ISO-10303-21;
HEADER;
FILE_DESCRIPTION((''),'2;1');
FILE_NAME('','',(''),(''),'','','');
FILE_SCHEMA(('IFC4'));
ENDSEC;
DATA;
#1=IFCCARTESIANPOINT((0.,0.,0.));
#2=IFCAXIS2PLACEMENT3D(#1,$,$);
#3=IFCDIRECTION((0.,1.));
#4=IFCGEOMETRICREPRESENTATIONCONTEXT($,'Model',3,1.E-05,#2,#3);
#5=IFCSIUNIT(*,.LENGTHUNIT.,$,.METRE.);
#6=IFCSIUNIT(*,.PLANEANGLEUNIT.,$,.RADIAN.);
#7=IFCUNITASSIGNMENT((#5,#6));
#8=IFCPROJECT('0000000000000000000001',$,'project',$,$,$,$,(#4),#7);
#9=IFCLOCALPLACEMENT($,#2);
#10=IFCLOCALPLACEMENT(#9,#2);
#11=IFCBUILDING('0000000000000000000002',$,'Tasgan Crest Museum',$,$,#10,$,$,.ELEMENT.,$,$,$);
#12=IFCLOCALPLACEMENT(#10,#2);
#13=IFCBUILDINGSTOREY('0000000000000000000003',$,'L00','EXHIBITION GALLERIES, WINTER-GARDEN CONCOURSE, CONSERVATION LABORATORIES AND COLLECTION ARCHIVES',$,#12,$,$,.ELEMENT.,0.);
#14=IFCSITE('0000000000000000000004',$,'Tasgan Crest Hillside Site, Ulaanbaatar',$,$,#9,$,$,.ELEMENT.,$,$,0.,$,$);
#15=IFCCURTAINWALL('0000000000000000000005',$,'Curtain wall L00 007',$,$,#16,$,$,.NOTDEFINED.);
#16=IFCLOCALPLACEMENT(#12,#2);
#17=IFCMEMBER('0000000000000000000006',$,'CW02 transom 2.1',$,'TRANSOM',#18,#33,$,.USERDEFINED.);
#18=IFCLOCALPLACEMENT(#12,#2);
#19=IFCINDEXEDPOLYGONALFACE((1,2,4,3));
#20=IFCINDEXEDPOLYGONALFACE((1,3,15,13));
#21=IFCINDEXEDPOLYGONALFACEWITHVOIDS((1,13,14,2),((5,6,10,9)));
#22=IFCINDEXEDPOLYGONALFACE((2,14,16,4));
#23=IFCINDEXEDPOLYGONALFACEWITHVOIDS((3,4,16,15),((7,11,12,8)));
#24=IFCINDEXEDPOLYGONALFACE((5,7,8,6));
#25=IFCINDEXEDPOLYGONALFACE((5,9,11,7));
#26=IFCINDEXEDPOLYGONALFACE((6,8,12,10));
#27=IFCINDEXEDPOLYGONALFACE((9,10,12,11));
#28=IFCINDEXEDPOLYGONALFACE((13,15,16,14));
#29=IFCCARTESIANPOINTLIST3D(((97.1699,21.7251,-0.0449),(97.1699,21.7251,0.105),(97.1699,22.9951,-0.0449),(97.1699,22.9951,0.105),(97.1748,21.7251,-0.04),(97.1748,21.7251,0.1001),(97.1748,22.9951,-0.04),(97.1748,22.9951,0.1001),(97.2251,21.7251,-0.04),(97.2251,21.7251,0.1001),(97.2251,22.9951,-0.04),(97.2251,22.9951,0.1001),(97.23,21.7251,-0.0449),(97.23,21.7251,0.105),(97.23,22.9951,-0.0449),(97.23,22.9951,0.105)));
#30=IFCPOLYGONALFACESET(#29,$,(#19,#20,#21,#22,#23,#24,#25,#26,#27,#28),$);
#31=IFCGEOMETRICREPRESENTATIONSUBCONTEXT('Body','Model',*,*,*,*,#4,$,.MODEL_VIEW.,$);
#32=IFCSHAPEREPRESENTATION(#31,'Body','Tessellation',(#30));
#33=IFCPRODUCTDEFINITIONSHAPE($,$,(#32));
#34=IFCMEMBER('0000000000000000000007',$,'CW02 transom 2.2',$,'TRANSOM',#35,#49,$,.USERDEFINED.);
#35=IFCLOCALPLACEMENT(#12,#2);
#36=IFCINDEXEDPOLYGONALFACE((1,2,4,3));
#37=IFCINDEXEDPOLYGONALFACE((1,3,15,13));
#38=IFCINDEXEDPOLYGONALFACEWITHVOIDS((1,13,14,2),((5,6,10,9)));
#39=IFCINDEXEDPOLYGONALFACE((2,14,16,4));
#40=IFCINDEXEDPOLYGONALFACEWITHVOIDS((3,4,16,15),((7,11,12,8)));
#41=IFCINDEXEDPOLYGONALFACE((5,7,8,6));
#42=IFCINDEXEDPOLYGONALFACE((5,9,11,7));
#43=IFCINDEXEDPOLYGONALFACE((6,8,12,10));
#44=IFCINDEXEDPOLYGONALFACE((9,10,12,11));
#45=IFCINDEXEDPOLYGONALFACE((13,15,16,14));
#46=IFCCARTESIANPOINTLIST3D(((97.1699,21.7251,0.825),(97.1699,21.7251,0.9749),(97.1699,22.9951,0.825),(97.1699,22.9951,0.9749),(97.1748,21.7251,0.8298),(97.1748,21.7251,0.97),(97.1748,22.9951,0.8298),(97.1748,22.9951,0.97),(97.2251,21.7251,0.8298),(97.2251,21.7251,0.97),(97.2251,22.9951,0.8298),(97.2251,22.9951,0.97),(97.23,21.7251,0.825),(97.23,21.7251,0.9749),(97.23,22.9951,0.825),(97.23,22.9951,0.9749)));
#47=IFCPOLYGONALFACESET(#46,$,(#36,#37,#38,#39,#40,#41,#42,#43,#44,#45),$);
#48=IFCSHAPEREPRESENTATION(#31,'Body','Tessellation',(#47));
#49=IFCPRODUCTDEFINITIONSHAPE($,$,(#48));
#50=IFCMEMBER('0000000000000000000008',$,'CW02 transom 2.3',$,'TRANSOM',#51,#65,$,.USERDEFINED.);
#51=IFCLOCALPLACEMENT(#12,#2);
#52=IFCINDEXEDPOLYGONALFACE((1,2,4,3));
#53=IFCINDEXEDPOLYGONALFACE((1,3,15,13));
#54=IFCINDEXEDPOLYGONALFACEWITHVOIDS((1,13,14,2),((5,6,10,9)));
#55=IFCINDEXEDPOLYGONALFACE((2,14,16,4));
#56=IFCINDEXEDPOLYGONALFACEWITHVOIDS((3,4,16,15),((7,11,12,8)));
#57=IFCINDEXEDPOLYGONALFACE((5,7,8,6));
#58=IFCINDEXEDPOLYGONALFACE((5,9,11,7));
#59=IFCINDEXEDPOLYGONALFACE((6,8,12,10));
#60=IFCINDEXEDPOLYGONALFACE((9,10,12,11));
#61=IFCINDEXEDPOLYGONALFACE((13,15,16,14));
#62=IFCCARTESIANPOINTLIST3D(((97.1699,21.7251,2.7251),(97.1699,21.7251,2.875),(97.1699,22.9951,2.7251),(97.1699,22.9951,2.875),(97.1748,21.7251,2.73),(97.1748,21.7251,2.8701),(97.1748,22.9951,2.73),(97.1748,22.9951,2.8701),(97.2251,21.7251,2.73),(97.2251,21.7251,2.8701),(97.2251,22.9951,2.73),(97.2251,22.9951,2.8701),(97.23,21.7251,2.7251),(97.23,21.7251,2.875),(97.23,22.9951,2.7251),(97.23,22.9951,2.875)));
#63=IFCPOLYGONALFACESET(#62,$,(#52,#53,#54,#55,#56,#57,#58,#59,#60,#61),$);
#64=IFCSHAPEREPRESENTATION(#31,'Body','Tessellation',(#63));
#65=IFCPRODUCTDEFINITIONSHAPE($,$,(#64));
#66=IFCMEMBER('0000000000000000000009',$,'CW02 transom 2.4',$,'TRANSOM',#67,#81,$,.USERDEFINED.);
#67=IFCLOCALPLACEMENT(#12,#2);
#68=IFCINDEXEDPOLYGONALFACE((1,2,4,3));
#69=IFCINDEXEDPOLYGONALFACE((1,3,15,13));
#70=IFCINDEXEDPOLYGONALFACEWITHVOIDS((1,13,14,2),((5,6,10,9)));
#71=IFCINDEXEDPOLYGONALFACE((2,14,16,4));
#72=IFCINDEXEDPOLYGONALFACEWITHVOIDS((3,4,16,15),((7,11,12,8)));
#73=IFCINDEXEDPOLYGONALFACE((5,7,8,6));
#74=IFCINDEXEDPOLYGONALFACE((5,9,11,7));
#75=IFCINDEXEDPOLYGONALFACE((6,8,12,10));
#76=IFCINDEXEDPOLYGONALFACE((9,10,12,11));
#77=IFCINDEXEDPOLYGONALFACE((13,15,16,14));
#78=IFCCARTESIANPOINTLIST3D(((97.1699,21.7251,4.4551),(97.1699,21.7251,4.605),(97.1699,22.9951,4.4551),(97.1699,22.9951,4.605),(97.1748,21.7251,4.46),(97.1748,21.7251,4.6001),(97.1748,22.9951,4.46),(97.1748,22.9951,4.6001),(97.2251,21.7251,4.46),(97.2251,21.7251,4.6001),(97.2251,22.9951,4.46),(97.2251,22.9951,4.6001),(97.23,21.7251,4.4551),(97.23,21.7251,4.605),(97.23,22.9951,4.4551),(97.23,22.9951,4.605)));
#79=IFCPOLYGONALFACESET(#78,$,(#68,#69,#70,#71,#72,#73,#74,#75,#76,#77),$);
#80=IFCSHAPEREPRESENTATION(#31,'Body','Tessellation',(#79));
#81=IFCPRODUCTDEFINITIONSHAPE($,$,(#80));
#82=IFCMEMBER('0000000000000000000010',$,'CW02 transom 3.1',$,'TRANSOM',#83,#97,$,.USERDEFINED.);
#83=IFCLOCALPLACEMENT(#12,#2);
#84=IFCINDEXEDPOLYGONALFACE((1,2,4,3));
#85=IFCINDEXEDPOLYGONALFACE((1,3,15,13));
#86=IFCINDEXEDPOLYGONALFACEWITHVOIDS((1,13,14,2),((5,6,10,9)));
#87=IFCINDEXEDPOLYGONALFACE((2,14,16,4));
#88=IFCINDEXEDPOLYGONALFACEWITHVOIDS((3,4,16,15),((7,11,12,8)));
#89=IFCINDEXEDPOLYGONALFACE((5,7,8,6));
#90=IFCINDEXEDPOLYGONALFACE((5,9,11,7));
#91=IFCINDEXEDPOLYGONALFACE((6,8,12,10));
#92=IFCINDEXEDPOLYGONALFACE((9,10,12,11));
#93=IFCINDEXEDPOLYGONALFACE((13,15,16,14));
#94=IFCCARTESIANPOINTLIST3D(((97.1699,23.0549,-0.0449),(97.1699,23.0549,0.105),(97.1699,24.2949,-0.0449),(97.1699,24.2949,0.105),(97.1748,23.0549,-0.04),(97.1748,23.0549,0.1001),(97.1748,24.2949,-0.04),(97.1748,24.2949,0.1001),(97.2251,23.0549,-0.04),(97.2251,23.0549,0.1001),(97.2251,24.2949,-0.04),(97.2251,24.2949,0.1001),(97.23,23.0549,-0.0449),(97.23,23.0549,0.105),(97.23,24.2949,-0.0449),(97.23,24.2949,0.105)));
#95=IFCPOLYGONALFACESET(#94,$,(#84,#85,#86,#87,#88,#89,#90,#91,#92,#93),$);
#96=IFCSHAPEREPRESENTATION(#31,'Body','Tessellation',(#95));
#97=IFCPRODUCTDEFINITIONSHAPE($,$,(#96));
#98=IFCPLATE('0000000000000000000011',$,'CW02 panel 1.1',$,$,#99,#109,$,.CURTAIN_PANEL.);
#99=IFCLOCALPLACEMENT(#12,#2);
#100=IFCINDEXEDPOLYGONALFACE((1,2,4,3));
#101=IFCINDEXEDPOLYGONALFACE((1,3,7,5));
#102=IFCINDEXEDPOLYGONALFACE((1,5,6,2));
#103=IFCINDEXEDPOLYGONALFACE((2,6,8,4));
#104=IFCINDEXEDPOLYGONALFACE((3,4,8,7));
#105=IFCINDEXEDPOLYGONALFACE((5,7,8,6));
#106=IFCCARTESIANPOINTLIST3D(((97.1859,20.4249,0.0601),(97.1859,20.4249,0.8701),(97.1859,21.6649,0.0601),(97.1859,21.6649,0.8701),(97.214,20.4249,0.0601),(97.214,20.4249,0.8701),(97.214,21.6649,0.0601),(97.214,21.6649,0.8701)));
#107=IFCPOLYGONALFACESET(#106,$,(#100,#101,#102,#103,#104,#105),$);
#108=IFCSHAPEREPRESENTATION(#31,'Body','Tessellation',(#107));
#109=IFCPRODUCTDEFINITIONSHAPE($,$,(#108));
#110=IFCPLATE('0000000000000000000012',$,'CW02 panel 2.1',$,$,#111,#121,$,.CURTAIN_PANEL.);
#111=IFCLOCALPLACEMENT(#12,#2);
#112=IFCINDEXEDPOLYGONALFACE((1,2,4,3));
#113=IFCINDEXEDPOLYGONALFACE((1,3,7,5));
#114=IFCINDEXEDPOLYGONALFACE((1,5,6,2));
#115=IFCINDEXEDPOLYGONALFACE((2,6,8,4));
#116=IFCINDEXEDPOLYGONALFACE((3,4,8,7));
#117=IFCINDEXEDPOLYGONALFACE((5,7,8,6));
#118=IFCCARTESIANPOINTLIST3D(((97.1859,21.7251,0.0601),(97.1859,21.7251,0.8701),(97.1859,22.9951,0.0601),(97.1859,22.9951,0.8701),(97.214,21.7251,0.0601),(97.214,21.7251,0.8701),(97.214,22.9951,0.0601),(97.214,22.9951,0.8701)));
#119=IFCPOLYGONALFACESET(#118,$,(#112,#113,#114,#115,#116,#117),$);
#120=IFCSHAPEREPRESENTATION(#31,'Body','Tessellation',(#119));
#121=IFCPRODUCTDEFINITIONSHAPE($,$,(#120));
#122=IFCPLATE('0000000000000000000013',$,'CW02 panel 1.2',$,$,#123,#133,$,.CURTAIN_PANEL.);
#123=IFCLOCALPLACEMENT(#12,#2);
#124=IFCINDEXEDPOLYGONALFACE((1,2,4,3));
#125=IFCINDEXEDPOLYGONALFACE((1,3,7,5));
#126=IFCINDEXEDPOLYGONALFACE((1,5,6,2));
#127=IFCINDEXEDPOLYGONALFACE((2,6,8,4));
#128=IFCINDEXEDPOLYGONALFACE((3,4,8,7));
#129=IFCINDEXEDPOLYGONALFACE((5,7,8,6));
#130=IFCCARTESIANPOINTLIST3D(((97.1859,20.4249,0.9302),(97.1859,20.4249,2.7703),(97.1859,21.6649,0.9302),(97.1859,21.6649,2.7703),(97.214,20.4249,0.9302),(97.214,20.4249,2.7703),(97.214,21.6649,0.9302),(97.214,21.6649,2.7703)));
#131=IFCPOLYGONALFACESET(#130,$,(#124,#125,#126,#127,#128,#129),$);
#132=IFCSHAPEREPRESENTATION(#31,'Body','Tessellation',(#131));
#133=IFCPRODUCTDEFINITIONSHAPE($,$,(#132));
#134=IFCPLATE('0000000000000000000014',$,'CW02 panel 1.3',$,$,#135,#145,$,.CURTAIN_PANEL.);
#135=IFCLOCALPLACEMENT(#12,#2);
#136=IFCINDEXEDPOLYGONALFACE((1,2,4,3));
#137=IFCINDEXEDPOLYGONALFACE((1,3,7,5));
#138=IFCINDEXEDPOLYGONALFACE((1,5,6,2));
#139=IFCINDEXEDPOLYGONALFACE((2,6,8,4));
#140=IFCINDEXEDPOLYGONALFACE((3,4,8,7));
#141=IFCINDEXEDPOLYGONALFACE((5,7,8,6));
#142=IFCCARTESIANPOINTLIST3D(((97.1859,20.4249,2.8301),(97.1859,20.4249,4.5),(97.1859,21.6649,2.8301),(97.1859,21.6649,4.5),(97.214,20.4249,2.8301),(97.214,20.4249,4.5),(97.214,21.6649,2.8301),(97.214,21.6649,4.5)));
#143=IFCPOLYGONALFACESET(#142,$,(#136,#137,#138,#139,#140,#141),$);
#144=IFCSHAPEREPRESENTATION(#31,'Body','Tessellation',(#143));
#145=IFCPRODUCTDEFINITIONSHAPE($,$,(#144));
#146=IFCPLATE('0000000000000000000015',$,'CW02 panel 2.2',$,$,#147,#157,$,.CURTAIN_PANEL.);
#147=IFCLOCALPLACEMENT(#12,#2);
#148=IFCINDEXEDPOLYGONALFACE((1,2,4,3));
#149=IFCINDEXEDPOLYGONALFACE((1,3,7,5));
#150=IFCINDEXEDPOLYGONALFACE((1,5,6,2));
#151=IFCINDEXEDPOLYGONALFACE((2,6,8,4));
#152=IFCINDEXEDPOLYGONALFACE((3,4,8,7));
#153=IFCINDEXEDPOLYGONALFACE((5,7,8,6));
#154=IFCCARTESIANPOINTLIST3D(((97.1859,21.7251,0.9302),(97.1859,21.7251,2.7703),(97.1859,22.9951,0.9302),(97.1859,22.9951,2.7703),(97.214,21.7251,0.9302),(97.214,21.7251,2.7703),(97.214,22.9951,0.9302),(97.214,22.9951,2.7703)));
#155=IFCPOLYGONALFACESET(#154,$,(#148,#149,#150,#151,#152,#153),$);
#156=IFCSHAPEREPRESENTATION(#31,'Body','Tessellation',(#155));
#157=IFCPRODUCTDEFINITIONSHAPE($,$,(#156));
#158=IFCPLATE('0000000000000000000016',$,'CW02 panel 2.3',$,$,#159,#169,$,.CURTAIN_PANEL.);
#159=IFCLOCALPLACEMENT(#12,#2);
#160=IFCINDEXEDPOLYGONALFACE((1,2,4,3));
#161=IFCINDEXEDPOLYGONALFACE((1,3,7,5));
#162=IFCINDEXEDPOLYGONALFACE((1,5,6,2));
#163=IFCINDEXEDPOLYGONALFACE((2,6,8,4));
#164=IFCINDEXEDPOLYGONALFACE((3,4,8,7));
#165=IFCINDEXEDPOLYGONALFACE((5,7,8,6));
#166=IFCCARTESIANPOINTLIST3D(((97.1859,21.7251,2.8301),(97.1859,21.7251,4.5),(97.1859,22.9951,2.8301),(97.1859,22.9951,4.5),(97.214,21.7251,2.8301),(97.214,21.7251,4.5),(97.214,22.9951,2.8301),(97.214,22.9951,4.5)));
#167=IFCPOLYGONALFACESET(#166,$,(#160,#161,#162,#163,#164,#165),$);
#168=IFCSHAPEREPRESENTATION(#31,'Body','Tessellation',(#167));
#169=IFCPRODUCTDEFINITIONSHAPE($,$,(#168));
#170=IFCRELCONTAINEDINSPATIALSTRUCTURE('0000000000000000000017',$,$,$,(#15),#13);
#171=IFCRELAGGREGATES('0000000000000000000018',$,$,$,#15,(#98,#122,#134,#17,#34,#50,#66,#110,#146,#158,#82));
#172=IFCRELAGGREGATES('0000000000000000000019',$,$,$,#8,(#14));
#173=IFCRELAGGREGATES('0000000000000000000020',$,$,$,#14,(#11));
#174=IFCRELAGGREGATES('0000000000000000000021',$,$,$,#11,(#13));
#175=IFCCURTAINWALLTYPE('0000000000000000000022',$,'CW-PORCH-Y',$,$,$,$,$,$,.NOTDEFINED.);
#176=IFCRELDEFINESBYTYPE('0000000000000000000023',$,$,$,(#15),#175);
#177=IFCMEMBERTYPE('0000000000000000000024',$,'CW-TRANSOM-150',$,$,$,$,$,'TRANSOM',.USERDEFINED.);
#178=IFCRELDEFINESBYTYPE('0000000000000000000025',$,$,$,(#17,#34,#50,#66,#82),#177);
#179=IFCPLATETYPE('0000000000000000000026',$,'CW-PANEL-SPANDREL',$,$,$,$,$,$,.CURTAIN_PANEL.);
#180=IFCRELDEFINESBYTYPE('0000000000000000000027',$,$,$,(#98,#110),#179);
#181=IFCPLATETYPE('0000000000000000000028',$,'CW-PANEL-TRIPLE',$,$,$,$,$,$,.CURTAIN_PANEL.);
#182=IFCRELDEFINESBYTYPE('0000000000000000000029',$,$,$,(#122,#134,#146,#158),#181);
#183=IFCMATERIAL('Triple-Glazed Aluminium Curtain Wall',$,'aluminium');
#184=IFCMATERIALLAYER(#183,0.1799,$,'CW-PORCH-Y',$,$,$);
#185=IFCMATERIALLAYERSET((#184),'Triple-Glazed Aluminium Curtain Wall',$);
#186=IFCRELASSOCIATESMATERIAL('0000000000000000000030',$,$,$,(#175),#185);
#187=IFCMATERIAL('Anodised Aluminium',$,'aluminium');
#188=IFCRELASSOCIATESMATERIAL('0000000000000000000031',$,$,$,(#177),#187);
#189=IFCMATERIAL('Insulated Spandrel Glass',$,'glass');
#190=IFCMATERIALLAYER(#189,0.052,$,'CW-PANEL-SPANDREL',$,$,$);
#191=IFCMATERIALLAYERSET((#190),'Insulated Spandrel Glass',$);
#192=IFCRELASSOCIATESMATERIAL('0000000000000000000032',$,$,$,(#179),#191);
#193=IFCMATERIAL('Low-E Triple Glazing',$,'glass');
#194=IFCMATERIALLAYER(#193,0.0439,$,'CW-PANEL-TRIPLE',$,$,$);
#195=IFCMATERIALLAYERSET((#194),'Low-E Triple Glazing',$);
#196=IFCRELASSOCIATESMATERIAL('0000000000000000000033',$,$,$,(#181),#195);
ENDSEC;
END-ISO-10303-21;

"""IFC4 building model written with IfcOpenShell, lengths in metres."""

from ifc_helpers import new_model, si_unit, direction, frame, origin, origin_2d, place, context, subcontext, project, spatial, rectangle, hollow_rectangle, extrude, material, layer, layer_set, material_profile, profile_set, type_object, element, aggregate, save


model = new_model("IFC4")

# Units and contexts
model_context = context("Model", 3, precision=1e-05, world=origin(), true_north=direction((0.0, 1.0)))
body_context = subcontext(model_context, "Body", "Model", "MODEL_VIEW")
ifc_project = project(units=[si_unit("LENGTHUNIT", "METRE"), si_unit("PLANEANGLEUNIT", "RADIAN")], contexts=[model_context])

# Site, building, storey
site_placement = place(None, origin())
site = spatial("IfcSite", under=ifc_project, at=site_placement, Name="Tasgan Crest Hillside Site, Ulaanbaatar", CompositionType="ELEMENT", RefElevation=0.0)
building_placement = place(site_placement, origin())
building = spatial("IfcBuilding", under=site, at=building_placement, Name="Tasgan Crest Museum", CompositionType="ELEMENT")
storey_placement = place(building_placement, origin())
storey = spatial("IfcBuildingStorey", under=building, at=storey_placement, Name="L00", Description="EXHIBITION GALLERIES, WINTER-GARDEN CONCOURSE, CONSERVATION LABORATORIES AND COLLECTION ARCHIVES", CompositionType="ELEMENT", Elevation=0.0)

# Curtain wall, members, plates
ifc_material_1 = material(Name="Triple-Glazed Aluminium Curtain Wall", Category="aluminium")
ifc_layer_1 = layer(ifc_material_1, 0.1799, Name="CW-PORCH-Y")
ifc_layer_set_1 = layer_set([ifc_layer_1], Name="Triple-Glazed Aluminium Curtain Wall")
curtain_wall_type = type_object("IfcCurtainWallType", Name="CW-PORCH-Y", PredefinedType="NOTDEFINED", material=ifc_layer_set_1)
curtain_wall_placement = place(storey_placement, origin())
curtain_wall = element("IfcCurtainWall", 1, at=curtain_wall_placement, inside=storey, type_object=curtain_wall_type, Name="Curtain wall L00 007", PredefinedType="NOTDEFINED")
ifc_material_2 = material(Name="Anodised Aluminium", Category="aluminium")
ifc_material_profile_1 = material_profile(ifc_material_2, hollow_rectangle(XDim=0.0601, YDim=0.1499, WallThickness=0.0049, at=origin_2d()), Name="ALU TRANSOM 150x60x5")
ifc_profile_set_1 = profile_set([ifc_material_profile_1], Name="Anodised Aluminium")
member_type_1 = type_object("IfcMemberType", Name="CW-TRANSOM-150", ElementType="TRANSOM", PredefinedType="USERDEFINED", material=ifc_profile_set_1)
member_1_placement = place(storey_placement, frame((97.2, 21.7251, 0.03), z_axis=(0.0, 1.0, 0.0), x_axis=(-1.0, 0.0, 0.0)))
member_1 = element("IfcMember", 2, at=member_1_placement, type_object=member_type_1, Name="CW02 transom 2.1", ObjectType="TRANSOM", PredefinedType="USERDEFINED", context=body_context, shape_type="SweptSolid", body=[
    extrude(hollow_rectangle(XDim=0.0601, YDim=0.1499, WallThickness=0.0049, at=origin_2d()), origin(), (0.0, 0.0, 1.0), 1.27),
])
member_2_placement = place(storey_placement, frame((97.2, 21.7251, 0.8999), z_axis=(0.0, 1.0, 0.0), x_axis=(-1.0, 0.0, 0.0)))
member_2 = element("IfcMember", 3, at=member_2_placement, type_object=member_type_1, Name="CW02 transom 2.2", ObjectType="TRANSOM", PredefinedType="USERDEFINED", context=body_context, shape_type="SweptSolid", body=[
    extrude(hollow_rectangle(XDim=0.0601, YDim=0.1499, WallThickness=0.0049, at=origin_2d()), origin(), (0.0, 0.0, 1.0), 1.27),
])
member_3_placement = place(storey_placement, frame((97.2, 21.7251, 2.8), z_axis=(0.0, 1.0, 0.0), x_axis=(-1.0, 0.0, 0.0)))
member_3 = element("IfcMember", 4, at=member_3_placement, type_object=member_type_1, Name="CW02 transom 2.3", ObjectType="TRANSOM", PredefinedType="USERDEFINED", context=body_context, shape_type="SweptSolid", body=[
    extrude(hollow_rectangle(XDim=0.0601, YDim=0.1499, WallThickness=0.0049, at=origin_2d()), origin(), (0.0, 0.0, 1.0), 1.27),
])
member_4_placement = place(storey_placement, frame((97.2, 21.7251, 4.53), z_axis=(0.0, 1.0, 0.0), x_axis=(-1.0, 0.0, 0.0)))
member_4 = element("IfcMember", 5, at=member_4_placement, type_object=member_type_1, Name="CW02 transom 2.4", ObjectType="TRANSOM", PredefinedType="USERDEFINED", context=body_context, shape_type="SweptSolid", body=[
    extrude(hollow_rectangle(XDim=0.0601, YDim=0.1499, WallThickness=0.0049, at=origin_2d()), origin(), (0.0, 0.0, 1.0), 1.27),
])
member_5_placement = place(storey_placement, frame((97.2, 23.0549, 0.03), z_axis=(0.0, 1.0, 0.0), x_axis=(-1.0, 0.0, 0.0)))
member_5 = element("IfcMember", 6, at=member_5_placement, type_object=member_type_1, Name="CW02 transom 3.1", ObjectType="TRANSOM", PredefinedType="USERDEFINED", context=body_context, shape_type="SweptSolid", body=[
    extrude(hollow_rectangle(XDim=0.0601, YDim=0.1499, WallThickness=0.0049, at=origin_2d()), origin(), (0.0, 0.0, 1.0), 1.24),
])
ifc_material_3 = material(Name="Insulated Spandrel Glass", Category="glass")
ifc_layer_2 = layer(ifc_material_3, 0.052, Name="CW-PANEL-SPANDREL")
ifc_layer_set_2 = layer_set([ifc_layer_2], Name="Insulated Spandrel Glass")
plate_type_1 = type_object("IfcPlateType", Name="CW-PANEL-SPANDREL", PredefinedType="CURTAIN_PANEL", material=ifc_layer_set_2)
plate_1_placement = place(storey_placement, frame((97.2, 21.0449, 0.0601), z_axis=(0.0, 0.0, 1.0), x_axis=(0.0, 1.0, 0.0)))
plate_1 = element("IfcPlate", 7, at=plate_1_placement, type_object=plate_type_1, Name="CW02 panel 1.1", PredefinedType="CURTAIN_PANEL", context=body_context, shape_type="SweptSolid", body=[
    extrude(rectangle(XDim=1.24, YDim=0.0281, at=origin_2d()), origin(), (0.0, 0.0, 1.0), 0.8101),
])
plate_2_placement = place(storey_placement, frame((97.2, 22.3601, 0.0601), z_axis=(0.0, 0.0, 1.0), x_axis=(0.0, 1.0, 0.0)))
plate_2 = element("IfcPlate", 8, at=plate_2_placement, type_object=plate_type_1, Name="CW02 panel 2.1", PredefinedType="CURTAIN_PANEL", context=body_context, shape_type="SweptSolid", body=[
    extrude(rectangle(XDim=1.27, YDim=0.0281, at=origin_2d()), origin(), (0.0, 0.0, 1.0), 0.8101),
])
ifc_material_4 = material(Name="Low-E Triple Glazing", Category="glass")
ifc_layer_3 = layer(ifc_material_4, 0.0439, Name="CW-PANEL-TRIPLE")
ifc_layer_set_3 = layer_set([ifc_layer_3], Name="Low-E Triple Glazing")
plate_type_2 = type_object("IfcPlateType", Name="CW-PANEL-TRIPLE", PredefinedType="CURTAIN_PANEL", material=ifc_layer_set_3)
plate_3_placement = place(storey_placement, frame((97.2, 21.0449, 0.9302), z_axis=(0.0, 0.0, 1.0), x_axis=(0.0, 1.0, 0.0)))
plate_3 = element("IfcPlate", 9, at=plate_3_placement, type_object=plate_type_2, Name="CW02 panel 1.2", PredefinedType="CURTAIN_PANEL", context=body_context, shape_type="SweptSolid", body=[
    extrude(rectangle(XDim=1.24, YDim=0.0281, at=origin_2d()), origin(), (0.0, 0.0, 1.0), 1.8401),
])
plate_4_placement = place(storey_placement, frame((97.2, 21.0449, 2.8301), z_axis=(0.0, 0.0, 1.0), x_axis=(0.0, 1.0, 0.0)))
plate_4 = element("IfcPlate", 10, at=plate_4_placement, type_object=plate_type_2, Name="CW02 panel 1.3", PredefinedType="CURTAIN_PANEL", context=body_context, shape_type="SweptSolid", body=[
    extrude(rectangle(XDim=1.24, YDim=0.0281, at=origin_2d()), origin(), (0.0, 0.0, 1.0), 1.6699),
])
plate_5_placement = place(storey_placement, frame((97.2, 22.3601, 0.9302), z_axis=(0.0, 0.0, 1.0), x_axis=(0.0, 1.0, 0.0)))
plate_5 = element("IfcPlate", 11, at=plate_5_placement, type_object=plate_type_2, Name="CW02 panel 2.2", PredefinedType="CURTAIN_PANEL", context=body_context, shape_type="SweptSolid", body=[
    extrude(rectangle(XDim=1.27, YDim=0.0281, at=origin_2d()), origin(), (0.0, 0.0, 1.0), 1.8401),
])
plate_6_placement = place(storey_placement, frame((97.2, 22.3601, 2.8301), z_axis=(0.0, 0.0, 1.0), x_axis=(0.0, 1.0, 0.0)))
plate_6 = element("IfcPlate", 12, at=plate_6_placement, type_object=plate_type_2, Name="CW02 panel 2.3", PredefinedType="CURTAIN_PANEL", context=body_context, shape_type="SweptSolid", body=[
    extrude(rectangle(XDim=1.27, YDim=0.0281, at=origin_2d()), origin(), (0.0, 0.0, 1.0), 1.6699),
])
aggregate(curtain_wall, [plate_1, plate_3, plate_4, member_1, member_2, member_3, member_4, plate_2, plate_5, plate_6, member_5])

save(model, "model.ifc")
